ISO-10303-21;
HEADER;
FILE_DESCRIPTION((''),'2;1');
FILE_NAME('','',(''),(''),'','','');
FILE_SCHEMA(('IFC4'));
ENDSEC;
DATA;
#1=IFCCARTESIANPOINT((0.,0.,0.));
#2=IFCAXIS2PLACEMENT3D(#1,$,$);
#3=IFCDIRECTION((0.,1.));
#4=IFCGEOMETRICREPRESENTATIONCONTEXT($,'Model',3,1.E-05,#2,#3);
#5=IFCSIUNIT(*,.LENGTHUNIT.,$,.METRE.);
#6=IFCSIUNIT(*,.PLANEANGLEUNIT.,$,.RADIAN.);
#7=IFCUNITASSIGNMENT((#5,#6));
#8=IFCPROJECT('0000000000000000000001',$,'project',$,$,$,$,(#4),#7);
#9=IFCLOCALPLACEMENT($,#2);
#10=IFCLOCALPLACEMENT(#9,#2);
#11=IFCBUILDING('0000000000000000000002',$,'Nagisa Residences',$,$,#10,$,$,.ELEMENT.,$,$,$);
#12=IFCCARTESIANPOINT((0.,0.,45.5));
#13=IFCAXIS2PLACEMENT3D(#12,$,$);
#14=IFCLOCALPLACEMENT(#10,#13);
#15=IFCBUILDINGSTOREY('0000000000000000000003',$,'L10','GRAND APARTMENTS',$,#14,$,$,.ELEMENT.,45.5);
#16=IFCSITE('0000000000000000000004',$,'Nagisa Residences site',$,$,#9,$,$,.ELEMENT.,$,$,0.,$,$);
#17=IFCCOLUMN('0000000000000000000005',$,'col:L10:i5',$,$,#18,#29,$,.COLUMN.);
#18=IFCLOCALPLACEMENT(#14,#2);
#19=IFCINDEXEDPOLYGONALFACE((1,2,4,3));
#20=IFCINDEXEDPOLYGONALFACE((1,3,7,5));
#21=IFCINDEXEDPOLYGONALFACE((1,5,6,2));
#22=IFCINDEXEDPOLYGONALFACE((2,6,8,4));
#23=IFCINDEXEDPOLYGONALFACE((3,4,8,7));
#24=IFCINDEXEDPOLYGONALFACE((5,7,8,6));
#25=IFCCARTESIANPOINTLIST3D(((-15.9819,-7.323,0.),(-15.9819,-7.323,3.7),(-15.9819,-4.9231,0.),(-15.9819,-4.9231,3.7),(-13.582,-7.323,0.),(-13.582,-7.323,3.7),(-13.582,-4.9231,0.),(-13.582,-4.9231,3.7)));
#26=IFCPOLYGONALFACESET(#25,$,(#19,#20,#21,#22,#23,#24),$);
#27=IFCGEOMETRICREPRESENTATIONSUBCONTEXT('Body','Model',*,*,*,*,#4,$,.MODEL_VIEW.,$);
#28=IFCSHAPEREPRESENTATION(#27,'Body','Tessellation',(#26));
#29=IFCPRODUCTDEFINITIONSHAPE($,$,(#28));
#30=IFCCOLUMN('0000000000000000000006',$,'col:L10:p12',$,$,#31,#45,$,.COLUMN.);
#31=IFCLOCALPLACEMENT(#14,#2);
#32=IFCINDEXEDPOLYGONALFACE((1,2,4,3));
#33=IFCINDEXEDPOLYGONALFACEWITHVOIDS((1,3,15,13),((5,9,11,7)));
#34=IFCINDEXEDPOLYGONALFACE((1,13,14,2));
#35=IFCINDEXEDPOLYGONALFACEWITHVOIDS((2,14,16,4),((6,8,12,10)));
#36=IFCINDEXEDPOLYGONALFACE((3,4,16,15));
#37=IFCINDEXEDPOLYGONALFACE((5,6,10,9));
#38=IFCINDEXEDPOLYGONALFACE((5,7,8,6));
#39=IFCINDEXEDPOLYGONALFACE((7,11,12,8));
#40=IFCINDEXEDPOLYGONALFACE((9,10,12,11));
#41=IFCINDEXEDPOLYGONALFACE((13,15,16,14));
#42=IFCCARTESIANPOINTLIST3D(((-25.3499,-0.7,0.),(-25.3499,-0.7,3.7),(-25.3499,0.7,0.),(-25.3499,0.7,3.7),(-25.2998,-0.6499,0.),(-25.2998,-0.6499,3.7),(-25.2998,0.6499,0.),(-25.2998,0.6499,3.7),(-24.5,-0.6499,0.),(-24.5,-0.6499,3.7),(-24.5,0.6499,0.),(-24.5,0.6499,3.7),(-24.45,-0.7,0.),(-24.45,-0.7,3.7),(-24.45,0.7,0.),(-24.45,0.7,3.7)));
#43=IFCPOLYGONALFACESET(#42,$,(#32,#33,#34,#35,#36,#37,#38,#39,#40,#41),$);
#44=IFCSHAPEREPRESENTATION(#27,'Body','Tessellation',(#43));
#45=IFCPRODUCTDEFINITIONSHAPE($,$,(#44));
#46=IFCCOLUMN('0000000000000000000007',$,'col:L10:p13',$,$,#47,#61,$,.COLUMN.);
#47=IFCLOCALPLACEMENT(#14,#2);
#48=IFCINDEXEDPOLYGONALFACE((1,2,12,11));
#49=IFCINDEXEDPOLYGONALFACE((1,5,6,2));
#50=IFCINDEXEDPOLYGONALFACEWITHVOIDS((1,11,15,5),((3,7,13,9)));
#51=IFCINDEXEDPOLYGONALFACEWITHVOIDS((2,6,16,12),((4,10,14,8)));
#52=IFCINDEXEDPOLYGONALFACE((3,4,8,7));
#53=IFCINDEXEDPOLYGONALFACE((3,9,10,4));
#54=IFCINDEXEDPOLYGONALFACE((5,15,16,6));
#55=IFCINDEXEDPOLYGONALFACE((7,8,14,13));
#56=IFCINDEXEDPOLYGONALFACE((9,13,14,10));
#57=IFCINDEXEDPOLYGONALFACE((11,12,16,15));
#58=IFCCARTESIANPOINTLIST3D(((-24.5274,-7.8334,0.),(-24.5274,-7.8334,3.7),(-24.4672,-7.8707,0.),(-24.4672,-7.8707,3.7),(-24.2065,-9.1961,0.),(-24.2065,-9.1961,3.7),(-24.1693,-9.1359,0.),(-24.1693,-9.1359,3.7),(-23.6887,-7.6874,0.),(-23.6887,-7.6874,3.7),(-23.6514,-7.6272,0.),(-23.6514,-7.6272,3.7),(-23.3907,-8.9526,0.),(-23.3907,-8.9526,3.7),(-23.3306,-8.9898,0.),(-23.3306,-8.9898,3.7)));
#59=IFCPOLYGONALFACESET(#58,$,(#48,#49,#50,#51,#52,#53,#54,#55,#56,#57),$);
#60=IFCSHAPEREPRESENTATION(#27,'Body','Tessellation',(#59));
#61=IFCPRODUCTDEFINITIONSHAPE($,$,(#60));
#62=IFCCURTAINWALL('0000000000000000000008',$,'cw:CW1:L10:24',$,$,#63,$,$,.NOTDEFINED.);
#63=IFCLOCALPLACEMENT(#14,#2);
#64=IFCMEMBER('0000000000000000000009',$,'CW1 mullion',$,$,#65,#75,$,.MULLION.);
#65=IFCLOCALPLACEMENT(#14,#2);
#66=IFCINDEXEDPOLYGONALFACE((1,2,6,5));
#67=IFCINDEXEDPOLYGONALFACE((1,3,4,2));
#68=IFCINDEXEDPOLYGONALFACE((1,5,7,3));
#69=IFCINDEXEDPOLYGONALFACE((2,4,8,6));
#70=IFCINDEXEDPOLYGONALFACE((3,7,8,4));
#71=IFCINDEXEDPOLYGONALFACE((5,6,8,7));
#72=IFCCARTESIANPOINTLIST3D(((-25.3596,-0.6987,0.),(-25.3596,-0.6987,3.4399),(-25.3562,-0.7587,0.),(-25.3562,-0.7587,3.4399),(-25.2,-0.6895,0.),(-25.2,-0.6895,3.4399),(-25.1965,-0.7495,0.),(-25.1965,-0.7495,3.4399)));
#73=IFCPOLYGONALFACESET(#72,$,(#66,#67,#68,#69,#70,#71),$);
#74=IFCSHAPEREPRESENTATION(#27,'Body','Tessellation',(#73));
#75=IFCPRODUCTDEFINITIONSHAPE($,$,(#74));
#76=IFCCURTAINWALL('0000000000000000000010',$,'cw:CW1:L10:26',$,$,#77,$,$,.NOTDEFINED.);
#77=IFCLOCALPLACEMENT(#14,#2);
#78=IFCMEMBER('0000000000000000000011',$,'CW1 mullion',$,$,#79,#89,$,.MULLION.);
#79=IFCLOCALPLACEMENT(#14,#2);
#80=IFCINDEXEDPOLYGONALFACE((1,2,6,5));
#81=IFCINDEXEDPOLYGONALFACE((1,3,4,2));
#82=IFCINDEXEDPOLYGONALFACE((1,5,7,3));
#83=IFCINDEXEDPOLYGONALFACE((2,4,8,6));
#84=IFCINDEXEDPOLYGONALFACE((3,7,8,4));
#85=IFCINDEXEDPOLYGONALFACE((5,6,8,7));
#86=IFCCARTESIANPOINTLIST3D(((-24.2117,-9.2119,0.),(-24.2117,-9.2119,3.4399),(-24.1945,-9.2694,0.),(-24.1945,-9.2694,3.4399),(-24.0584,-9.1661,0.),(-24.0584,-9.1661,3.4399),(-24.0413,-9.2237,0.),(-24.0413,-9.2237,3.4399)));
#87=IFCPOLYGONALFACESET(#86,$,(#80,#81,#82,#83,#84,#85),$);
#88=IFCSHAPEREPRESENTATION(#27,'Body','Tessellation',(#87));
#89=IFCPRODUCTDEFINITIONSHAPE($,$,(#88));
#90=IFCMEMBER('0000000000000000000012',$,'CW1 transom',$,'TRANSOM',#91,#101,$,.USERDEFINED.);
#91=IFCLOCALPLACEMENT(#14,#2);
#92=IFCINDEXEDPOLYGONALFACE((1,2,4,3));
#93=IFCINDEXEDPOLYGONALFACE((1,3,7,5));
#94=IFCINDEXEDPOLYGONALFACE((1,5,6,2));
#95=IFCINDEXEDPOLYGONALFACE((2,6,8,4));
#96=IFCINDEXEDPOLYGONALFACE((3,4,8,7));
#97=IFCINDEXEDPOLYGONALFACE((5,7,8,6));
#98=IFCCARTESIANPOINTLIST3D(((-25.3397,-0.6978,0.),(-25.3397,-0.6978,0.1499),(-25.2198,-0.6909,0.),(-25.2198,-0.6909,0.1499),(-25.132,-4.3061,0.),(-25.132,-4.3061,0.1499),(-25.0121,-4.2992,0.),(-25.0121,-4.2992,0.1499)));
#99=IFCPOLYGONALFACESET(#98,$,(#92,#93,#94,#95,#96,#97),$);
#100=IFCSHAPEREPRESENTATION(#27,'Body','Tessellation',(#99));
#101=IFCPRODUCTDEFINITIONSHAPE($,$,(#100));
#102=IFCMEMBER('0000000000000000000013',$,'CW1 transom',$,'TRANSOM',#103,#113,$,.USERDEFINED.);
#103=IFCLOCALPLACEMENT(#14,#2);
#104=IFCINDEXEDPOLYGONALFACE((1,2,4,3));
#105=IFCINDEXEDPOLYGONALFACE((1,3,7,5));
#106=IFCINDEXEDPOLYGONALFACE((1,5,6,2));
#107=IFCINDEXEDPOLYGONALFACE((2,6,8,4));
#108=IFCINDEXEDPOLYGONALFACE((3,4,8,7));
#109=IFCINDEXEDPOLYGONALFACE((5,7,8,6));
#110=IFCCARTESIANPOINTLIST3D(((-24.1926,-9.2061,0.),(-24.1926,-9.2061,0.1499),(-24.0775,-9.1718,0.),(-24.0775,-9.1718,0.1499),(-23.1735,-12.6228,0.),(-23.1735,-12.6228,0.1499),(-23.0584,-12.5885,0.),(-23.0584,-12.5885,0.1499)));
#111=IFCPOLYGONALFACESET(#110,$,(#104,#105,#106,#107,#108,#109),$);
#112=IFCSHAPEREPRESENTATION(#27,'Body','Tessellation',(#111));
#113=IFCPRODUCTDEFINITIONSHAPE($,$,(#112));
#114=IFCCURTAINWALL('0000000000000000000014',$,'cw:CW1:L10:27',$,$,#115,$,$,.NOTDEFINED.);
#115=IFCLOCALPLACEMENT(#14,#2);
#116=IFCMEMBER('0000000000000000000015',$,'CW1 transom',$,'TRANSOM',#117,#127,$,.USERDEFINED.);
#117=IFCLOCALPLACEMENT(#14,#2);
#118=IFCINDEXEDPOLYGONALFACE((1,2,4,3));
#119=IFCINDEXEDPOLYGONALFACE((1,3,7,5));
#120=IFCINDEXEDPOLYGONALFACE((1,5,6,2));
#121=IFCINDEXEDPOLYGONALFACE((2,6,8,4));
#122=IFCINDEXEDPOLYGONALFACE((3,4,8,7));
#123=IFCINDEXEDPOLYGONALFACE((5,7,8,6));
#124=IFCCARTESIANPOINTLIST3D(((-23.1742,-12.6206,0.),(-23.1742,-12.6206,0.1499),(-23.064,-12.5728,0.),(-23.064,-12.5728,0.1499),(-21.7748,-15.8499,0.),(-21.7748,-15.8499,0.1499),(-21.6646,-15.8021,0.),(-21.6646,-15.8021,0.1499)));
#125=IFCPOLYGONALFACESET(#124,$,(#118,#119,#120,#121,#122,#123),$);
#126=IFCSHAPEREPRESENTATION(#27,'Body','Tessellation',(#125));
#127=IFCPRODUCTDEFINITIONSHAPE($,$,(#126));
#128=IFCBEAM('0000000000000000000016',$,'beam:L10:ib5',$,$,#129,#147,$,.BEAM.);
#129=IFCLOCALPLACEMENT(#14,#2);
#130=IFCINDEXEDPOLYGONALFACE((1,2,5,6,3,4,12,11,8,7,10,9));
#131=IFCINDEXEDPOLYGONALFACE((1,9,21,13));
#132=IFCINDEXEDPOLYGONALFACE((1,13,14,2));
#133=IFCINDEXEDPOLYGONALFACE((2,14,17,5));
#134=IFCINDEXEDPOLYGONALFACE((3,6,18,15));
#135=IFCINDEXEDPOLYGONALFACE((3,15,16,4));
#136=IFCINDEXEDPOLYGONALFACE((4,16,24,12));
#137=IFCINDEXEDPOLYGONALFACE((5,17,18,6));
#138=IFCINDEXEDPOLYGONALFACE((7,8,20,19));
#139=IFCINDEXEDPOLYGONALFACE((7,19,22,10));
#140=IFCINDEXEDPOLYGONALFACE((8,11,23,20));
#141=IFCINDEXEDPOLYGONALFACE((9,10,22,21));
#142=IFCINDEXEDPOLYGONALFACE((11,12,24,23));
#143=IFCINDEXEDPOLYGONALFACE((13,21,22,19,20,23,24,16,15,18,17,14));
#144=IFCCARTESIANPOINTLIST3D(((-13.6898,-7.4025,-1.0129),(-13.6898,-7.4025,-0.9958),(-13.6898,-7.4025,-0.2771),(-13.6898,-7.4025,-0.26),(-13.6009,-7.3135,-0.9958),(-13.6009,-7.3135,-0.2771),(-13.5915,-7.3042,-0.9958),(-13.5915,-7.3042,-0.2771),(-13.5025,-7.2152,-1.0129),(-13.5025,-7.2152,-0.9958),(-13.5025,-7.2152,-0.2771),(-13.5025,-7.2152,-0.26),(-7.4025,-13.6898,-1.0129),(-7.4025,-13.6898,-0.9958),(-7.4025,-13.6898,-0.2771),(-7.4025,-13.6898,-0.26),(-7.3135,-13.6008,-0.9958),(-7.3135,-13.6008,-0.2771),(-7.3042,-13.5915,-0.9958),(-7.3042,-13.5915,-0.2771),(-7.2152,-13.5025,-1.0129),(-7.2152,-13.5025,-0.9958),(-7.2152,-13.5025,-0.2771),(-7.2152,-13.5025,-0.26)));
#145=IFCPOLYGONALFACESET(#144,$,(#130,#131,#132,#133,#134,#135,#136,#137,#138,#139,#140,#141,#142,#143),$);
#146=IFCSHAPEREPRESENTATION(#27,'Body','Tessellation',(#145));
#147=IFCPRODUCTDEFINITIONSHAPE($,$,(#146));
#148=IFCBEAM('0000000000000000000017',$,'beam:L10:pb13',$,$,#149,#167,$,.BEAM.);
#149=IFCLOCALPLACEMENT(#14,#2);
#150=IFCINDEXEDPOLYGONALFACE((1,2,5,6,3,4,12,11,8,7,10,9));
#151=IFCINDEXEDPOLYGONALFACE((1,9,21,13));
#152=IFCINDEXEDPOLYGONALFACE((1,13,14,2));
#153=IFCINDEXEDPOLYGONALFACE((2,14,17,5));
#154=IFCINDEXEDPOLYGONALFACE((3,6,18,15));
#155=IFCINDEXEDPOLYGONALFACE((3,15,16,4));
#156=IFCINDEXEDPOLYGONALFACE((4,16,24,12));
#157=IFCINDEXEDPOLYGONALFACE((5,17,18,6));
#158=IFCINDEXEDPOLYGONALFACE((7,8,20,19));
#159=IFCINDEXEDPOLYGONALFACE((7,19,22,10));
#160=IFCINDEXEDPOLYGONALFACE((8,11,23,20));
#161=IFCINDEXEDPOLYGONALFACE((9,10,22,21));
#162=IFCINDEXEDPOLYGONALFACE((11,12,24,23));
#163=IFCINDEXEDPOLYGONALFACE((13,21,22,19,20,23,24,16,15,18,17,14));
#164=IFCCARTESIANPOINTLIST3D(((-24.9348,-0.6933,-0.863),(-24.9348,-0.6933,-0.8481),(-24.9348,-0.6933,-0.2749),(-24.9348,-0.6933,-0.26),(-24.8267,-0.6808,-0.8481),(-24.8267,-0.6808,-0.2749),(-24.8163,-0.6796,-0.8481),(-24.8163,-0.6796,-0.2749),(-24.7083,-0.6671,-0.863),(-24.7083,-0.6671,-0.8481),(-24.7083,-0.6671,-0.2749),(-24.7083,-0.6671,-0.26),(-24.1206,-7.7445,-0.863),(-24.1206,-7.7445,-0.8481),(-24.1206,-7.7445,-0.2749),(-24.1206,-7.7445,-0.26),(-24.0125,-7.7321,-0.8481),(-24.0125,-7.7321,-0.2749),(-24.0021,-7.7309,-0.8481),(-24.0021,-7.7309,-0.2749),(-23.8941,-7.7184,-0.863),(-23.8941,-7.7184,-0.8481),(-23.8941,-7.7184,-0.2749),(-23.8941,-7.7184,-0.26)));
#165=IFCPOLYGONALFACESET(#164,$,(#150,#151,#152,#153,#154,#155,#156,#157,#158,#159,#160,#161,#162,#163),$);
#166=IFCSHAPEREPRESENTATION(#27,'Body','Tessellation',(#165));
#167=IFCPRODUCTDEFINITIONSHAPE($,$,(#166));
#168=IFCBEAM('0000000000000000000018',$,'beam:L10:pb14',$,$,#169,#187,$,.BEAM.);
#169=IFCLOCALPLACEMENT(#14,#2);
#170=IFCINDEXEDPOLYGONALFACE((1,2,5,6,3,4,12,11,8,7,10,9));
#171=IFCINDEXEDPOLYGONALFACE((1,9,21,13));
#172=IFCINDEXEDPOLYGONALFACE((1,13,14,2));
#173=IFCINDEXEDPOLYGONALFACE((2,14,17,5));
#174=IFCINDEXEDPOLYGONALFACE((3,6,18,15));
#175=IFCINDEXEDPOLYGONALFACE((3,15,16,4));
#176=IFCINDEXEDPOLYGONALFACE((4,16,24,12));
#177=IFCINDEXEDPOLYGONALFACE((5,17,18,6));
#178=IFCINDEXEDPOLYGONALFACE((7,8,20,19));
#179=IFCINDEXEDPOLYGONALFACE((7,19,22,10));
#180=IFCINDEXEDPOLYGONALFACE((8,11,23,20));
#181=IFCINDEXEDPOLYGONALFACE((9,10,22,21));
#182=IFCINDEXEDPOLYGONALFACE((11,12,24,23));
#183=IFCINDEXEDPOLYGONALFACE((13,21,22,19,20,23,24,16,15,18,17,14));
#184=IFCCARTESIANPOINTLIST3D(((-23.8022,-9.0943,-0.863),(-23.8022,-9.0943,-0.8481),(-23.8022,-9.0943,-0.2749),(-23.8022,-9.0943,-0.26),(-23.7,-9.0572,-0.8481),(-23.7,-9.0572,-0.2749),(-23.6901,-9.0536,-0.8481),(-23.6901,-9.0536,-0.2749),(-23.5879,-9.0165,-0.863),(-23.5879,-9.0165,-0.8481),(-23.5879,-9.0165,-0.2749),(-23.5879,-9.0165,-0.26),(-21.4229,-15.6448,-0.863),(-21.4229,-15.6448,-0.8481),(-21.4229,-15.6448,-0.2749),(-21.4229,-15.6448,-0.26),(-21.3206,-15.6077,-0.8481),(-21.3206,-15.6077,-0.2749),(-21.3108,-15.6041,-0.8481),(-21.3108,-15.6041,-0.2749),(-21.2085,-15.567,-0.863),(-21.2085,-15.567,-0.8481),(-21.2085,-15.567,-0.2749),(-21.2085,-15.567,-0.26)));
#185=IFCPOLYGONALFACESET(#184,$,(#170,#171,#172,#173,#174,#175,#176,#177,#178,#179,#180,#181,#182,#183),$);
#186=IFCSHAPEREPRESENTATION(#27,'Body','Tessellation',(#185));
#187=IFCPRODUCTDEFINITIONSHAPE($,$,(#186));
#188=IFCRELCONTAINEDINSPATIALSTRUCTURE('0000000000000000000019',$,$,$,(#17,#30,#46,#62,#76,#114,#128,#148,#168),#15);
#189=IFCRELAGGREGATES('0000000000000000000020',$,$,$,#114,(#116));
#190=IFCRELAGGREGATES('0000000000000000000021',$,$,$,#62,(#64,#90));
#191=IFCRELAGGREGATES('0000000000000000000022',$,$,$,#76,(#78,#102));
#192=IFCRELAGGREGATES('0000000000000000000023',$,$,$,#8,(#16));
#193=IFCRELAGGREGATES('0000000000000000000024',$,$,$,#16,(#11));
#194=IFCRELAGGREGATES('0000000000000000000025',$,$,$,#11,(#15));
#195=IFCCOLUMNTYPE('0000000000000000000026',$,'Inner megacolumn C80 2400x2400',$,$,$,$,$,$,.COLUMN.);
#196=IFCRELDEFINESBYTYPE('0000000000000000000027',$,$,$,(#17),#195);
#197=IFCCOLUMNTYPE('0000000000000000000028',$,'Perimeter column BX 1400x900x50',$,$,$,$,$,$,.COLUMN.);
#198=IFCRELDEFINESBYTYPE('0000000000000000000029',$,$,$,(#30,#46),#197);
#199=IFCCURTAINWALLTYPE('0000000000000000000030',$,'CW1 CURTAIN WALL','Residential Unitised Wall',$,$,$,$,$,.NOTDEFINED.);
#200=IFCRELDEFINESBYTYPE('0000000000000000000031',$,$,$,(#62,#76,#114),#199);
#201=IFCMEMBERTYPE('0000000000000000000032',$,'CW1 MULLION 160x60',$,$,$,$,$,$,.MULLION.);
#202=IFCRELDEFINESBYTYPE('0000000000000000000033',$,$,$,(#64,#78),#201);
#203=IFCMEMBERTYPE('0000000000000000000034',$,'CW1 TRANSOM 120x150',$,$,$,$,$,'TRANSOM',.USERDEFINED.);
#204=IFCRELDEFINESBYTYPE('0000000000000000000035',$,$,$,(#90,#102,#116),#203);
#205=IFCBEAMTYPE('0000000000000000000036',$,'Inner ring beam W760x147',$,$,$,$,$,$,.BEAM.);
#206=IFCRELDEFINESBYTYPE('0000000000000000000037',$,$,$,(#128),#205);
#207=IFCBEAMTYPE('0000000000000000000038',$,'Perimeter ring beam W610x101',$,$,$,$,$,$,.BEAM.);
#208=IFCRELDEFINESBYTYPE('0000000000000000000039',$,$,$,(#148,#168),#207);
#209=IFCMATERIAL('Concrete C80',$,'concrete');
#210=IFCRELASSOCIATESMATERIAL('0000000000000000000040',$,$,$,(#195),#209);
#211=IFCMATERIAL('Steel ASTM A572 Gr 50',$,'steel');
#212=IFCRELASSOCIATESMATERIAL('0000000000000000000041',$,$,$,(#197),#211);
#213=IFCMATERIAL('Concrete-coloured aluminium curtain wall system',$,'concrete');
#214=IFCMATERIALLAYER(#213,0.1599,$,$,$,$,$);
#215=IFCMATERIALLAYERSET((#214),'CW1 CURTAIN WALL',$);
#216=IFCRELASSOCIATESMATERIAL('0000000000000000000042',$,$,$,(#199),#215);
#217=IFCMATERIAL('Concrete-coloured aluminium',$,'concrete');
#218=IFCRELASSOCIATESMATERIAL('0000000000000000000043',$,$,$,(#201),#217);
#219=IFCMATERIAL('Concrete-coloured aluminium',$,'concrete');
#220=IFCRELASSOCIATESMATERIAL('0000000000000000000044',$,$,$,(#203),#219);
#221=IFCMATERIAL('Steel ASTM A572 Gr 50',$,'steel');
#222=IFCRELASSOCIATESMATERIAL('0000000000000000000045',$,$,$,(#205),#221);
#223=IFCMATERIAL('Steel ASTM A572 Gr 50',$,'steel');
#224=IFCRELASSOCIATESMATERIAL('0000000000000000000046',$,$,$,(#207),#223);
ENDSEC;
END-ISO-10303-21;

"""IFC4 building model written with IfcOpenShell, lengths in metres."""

from ifc_helpers import new_model, si_unit, direction, frame, origin, origin_2d, place, context, subcontext, project, spatial, rectangle, hollow_rectangle, i_section, extrude, material, layer, layer_set, material_profile, profile_set, type_object, element, aggregate, save


model = new_model("IFC4")

# Units and contexts
model_context = context("Model", 3, precision=1e-05, world=origin(), true_north=direction((0.0, 1.0)))
body_context = subcontext(model_context, "Body", "Model", "MODEL_VIEW")
ifc_project = project(units=[si_unit("LENGTHUNIT", "METRE"), si_unit("PLANEANGLEUNIT", "RADIAN")], contexts=[model_context])

# Site, building, storey
site_placement = place(None, origin())
site = spatial("IfcSite", under=ifc_project, at=site_placement, Name="Nagisa Residences site", CompositionType="ELEMENT", RefElevation=0.0)
building_placement = place(site_placement, origin())
building = spatial("IfcBuilding", under=site, at=building_placement, Name="Nagisa Residences", CompositionType="ELEMENT")
storey_placement = place(building_placement, frame((0.0, 0.0, 45.5)))
storey = spatial("IfcBuildingStorey", under=building, at=storey_placement, Name="L10", Description="GRAND APARTMENTS", CompositionType="ELEMENT", Elevation=45.5)

# Columns
ifc_material_1 = material(Name="Concrete C80", Category="concrete")
ifc_material_profile_1 = material_profile(ifc_material_1, rectangle(XDim=2.3999, YDim=2.3999, at=origin_2d()), Name="C80 2400x2400")
ifc_profile_set_1 = profile_set([ifc_material_profile_1], Name="Concrete C80")
column_type_1 = type_object("IfcColumnType", Name="Inner megacolumn C80 2400x2400", PredefinedType="COLUMN", material=ifc_profile_set_1)
column_placement = place(storey_placement, frame((-14.782, -6.123, 0.0), z_axis=(0.0, 0.0, 1.0), x_axis=(1.0, 0.0, 0.0)))
element("IfcColumn", 1, at=column_placement, inside=storey, type_object=column_type_1, Name="col:L10:i5", PredefinedType="COLUMN", context=body_context, shape_type="SweptSolid", body=[
    extrude(rectangle(XDim=2.3999, YDim=2.3999, at=origin_2d()), origin(), (0.0, 0.0, 1.0), 3.7),
])
ifc_material_2 = material(Name="Steel ASTM A572 Gr 50", Category="steel")
ifc_material_profile_2 = material_profile(ifc_material_2, hollow_rectangle(XDim=1.3999, YDim=0.8999, WallThickness=0.05, at=origin_2d()), Name="BX 1400x900x50")
ifc_profile_set_2 = profile_set([ifc_material_profile_2], Name="Steel ASTM A572 Gr 50")
column_type_2 = type_object("IfcColumnType", Name="Perimeter column BX 1400x900x50", PredefinedType="COLUMN", material=ifc_profile_set_2)
for number, where, z_axis, x_axis, name in (
    (2, (-24.8999, 0.0, 0.0), (0.0, 0.0, 1.0), (0.0, -1.0, 0.0), "col:L10:p12"),
    (3, (-23.929, -8.4116, 0.0), (0.0, 0.0, 1.0), (0.229202, -0.973379, 0.0), "col:L10:p13"),
):
    element("IfcColumn", number, at=place(storey_placement, frame(where, z_axis=z_axis, x_axis=x_axis)), inside=storey, type_object=column_type_2, Name=name, PredefinedType="COLUMN", context=body_context, shape_type="SweptSolid", body=[
        extrude(hollow_rectangle(XDim=1.3999, YDim=0.8999, WallThickness=0.05, at=origin_2d()), origin(), (0.0, 0.0, 1.0), 3.7),
    ])

# Curtain walls, members
ifc_material_3 = material(Name="Concrete-coloured aluminium curtain wall system", Category="concrete")
ifc_layer_1 = layer(ifc_material_3, 0.1599)
ifc_layer_set_1 = layer_set([ifc_layer_1], Name="CW1 CURTAIN WALL")
curtain_wall_type = type_object("IfcCurtainWallType", Name="CW1 CURTAIN WALL", Description="Residential Unitised Wall", PredefinedType="NOTDEFINED", material=ifc_layer_set_1)
curtain_wall_1_placement = place(storey_placement, origin())
curtain_wall_1 = element("IfcCurtainWall", 4, at=curtain_wall_1_placement, inside=storey, type_object=curtain_wall_type, Name="cw:CW1:L10:24", PredefinedType="NOTDEFINED")
ifc_material_4 = material(Name="Concrete-coloured aluminium", Category="concrete")
ifc_material_profile_3 = material_profile(ifc_material_4, rectangle(XDim=0.1599, YDim=0.0601, at=origin_2d()), Name="CW1 MULLION 160x60")
ifc_profile_set_3 = profile_set([ifc_material_profile_3], Name="Concrete-coloured aluminium")
member_type_1 = type_object("IfcMemberType", Name="CW1 MULLION 160x60", PredefinedType="MULLION", material=ifc_profile_set_3)
member_1_placement = place(storey_placement, frame((-25.2781, -0.7241, 0.0), z_axis=(0.0, 0.0, 1.0), x_axis=(0.998345, 0.057503, 0.0)))
member_1 = element("IfcMember", 5, at=member_1_placement, type_object=member_type_1, Name="CW1 mullion", PredefinedType="MULLION", context=body_context, shape_type="SweptSolid", body=[
    extrude(rectangle(XDim=0.1599, YDim=0.0601, at=origin_2d()), origin(), (0.0, 0.0, 1.0), 3.4399),
])
curtain_wall_2_placement = place(storey_placement, origin())
curtain_wall_2 = element("IfcCurtainWall", 6, at=curtain_wall_2_placement, inside=storey, type_object=curtain_wall_type, Name="cw:CW1:L10:26", PredefinedType="NOTDEFINED")
member_2_placement = place(storey_placement, frame((-24.1265, -9.2178, 0.0), z_axis=(0.0, 0.0, 1.0), x_axis=(0.958271, 0.28586, 0.0)))
member_2 = element("IfcMember", 7, at=member_2_placement, type_object=member_type_1, Name="CW1 mullion", PredefinedType="MULLION", context=body_context, shape_type="SweptSolid", body=[
    extrude(rectangle(XDim=0.1599, YDim=0.0601, at=origin_2d()), origin(), (0.0, 0.0, 1.0), 3.4399),
])

# Members
ifc_material_5 = material(Name="Concrete-coloured aluminium", Category="concrete")
ifc_material_profile_4 = material_profile(ifc_material_5, rectangle(XDim=0.1201, YDim=0.1499, at=origin_2d()), Name="CW1 TRANSOM 120x150")
ifc_profile_set_4 = profile_set([ifc_material_profile_4], Name="Concrete-coloured aluminium")
member_type_2 = type_object("IfcMemberType", Name="CW1 TRANSOM 120x150", ElementType="TRANSOM", PredefinedType="USERDEFINED", material=ifc_profile_set_4)
member_3_placement = place(storey_placement, frame((-25.2798, -0.6943, 0.075), z_axis=(0.057483, -0.998347, 0.0), x_axis=(0.998347, 0.057483, 0.0)))
member_3 = element("IfcMember", 8, at=member_3_placement, type_object=member_type_2, Name="CW1 transom", ObjectType="TRANSOM", PredefinedType="USERDEFINED", context=body_context, shape_type="SweptSolid", body=[
    extrude(rectangle(XDim=0.1201, YDim=0.1499, at=origin_2d()), origin(), (0.0, 0.0, 1.0), 3.6143),
])
member_4_placement = place(storey_placement, frame((-24.135, -9.189, 0.075), z_axis=(0.285808, -0.958287, 0.0), x_axis=(0.958287, 0.285808, 0.0)))
member_4 = element("IfcMember", 9, at=member_4_placement, type_object=member_type_2, Name="CW1 transom", ObjectType="TRANSOM", PredefinedType="USERDEFINED", context=body_context, shape_type="SweptSolid", body=[
    extrude(rectangle(XDim=0.1201, YDim=0.1499, at=origin_2d()), origin(), (0.0, 0.0, 1.0), 3.5654),
])

# Curtain wall, member
curtain_wall_3_placement = place(storey_placement, origin())
curtain_wall_3 = element("IfcCurtainWall", 10, at=curtain_wall_3_placement, inside=storey, type_object=curtain_wall_type, Name="cw:CW1:L10:27", PredefinedType="NOTDEFINED")
member_5_placement = place(storey_placement, frame((-23.1191, -12.5967, 0.075), z_axis=(0.397625, -0.917548, 0.0), x_axis=(0.917548, 0.397625, 0.0)))
member_5 = element("IfcMember", 11, at=member_5_placement, type_object=member_type_2, Name="CW1 transom", ObjectType="TRANSOM", PredefinedType="USERDEFINED", context=body_context, shape_type="SweptSolid", body=[
    extrude(rectangle(XDim=0.1201, YDim=0.1499, at=origin_2d()), origin(), (0.0, 0.0, 1.0), 3.5195),
])
aggregate(curtain_wall_3, [member_5])

# Beams
ifc_material_6 = material(Name="Steel ASTM A572 Gr 50", Category="steel")
ifc_material_profile_5 = material_profile(ifc_material_6, i_section(OverallWidth=0.2649, OverallDepth=0.7529, WebThickness=0.0132, FlangeThickness=0.0171, at=origin_2d()), Name="W760x147")
ifc_profile_set_5 = profile_set([ifc_material_profile_5], Name="Steel ASTM A572 Gr 50")
beam_type_1 = type_object("IfcBeamType", Name="Inner ring beam W760x147", PredefinedType="BEAM", material=ifc_profile_set_5)
beam_1_placement = place(storey_placement, frame((-13.5962, -7.3088, -0.6365), z_axis=(0.707107, -0.707107, 0.0), x_axis=(0.707107, 0.707107, 0.0)))
element("IfcBeam", 12, at=beam_1_placement, inside=storey, type_object=beam_type_1, Name="beam:L10:ib5", PredefinedType="BEAM", context=body_context, shape_type="SweptSolid", body=[
    extrude(i_section(OverallWidth=0.2649, OverallDepth=0.7529, WebThickness=0.0132, FlangeThickness=0.0171, at=origin_2d()), origin(), (0.0, 0.0, 1.0), 8.8916),
])
ifc_material_7 = material(Name="Steel ASTM A572 Gr 50", Category="steel")
ifc_material_profile_6 = material_profile(ifc_material_7, i_section(OverallWidth=0.228, OverallDepth=0.603, WebThickness=0.0105, FlangeThickness=0.0149, at=origin_2d()), Name="W610x101")
ifc_profile_set_6 = profile_set([ifc_material_profile_6], Name="Steel ASTM A572 Gr 50")
beam_type_2 = type_object("IfcBeamType", Name="Perimeter ring beam W610x101", PredefinedType="BEAM", material=ifc_profile_set_6)
beam_2_placement = place(storey_placement, frame((-24.8215, -0.6802, -0.5615), z_axis=(0.114708, -0.993399, 0.0), x_axis=(0.993399, 0.114708, 0.0)))
element("IfcBeam", 13, at=beam_2_placement, inside=storey, type_object=beam_type_2, Name="beam:L10:pb13", PredefinedType="BEAM", context=body_context, shape_type="SweptSolid", body=[
    extrude(i_section(OverallWidth=0.228, OverallDepth=0.603, WebThickness=0.0105, FlangeThickness=0.0149, at=origin_2d()), origin(), (0.0, 0.0, 1.0), 7.0981),
])
beam_3_placement = place(storey_placement, frame((-23.6951, -9.0554, -0.5615), z_axis=(0.341411, -0.939914, 0.0), x_axis=(0.939914, 0.341411, 0.0)))
element("IfcBeam", 14, at=beam_3_placement, inside=storey, type_object=beam_type_2, Name="beam:L10:pb14", PredefinedType="BEAM", context=body_context, shape_type="SweptSolid", body=[
    extrude(i_section(OverallWidth=0.228, OverallDepth=0.603, WebThickness=0.0105, FlangeThickness=0.0149, at=origin_2d()), origin(), (0.0, 0.0, 1.0), 6.9692),
])

aggregate(curtain_wall_1, [member_1, member_3])
aggregate(curtain_wall_2, [member_2, member_4])

save(model, "model.ifc")
